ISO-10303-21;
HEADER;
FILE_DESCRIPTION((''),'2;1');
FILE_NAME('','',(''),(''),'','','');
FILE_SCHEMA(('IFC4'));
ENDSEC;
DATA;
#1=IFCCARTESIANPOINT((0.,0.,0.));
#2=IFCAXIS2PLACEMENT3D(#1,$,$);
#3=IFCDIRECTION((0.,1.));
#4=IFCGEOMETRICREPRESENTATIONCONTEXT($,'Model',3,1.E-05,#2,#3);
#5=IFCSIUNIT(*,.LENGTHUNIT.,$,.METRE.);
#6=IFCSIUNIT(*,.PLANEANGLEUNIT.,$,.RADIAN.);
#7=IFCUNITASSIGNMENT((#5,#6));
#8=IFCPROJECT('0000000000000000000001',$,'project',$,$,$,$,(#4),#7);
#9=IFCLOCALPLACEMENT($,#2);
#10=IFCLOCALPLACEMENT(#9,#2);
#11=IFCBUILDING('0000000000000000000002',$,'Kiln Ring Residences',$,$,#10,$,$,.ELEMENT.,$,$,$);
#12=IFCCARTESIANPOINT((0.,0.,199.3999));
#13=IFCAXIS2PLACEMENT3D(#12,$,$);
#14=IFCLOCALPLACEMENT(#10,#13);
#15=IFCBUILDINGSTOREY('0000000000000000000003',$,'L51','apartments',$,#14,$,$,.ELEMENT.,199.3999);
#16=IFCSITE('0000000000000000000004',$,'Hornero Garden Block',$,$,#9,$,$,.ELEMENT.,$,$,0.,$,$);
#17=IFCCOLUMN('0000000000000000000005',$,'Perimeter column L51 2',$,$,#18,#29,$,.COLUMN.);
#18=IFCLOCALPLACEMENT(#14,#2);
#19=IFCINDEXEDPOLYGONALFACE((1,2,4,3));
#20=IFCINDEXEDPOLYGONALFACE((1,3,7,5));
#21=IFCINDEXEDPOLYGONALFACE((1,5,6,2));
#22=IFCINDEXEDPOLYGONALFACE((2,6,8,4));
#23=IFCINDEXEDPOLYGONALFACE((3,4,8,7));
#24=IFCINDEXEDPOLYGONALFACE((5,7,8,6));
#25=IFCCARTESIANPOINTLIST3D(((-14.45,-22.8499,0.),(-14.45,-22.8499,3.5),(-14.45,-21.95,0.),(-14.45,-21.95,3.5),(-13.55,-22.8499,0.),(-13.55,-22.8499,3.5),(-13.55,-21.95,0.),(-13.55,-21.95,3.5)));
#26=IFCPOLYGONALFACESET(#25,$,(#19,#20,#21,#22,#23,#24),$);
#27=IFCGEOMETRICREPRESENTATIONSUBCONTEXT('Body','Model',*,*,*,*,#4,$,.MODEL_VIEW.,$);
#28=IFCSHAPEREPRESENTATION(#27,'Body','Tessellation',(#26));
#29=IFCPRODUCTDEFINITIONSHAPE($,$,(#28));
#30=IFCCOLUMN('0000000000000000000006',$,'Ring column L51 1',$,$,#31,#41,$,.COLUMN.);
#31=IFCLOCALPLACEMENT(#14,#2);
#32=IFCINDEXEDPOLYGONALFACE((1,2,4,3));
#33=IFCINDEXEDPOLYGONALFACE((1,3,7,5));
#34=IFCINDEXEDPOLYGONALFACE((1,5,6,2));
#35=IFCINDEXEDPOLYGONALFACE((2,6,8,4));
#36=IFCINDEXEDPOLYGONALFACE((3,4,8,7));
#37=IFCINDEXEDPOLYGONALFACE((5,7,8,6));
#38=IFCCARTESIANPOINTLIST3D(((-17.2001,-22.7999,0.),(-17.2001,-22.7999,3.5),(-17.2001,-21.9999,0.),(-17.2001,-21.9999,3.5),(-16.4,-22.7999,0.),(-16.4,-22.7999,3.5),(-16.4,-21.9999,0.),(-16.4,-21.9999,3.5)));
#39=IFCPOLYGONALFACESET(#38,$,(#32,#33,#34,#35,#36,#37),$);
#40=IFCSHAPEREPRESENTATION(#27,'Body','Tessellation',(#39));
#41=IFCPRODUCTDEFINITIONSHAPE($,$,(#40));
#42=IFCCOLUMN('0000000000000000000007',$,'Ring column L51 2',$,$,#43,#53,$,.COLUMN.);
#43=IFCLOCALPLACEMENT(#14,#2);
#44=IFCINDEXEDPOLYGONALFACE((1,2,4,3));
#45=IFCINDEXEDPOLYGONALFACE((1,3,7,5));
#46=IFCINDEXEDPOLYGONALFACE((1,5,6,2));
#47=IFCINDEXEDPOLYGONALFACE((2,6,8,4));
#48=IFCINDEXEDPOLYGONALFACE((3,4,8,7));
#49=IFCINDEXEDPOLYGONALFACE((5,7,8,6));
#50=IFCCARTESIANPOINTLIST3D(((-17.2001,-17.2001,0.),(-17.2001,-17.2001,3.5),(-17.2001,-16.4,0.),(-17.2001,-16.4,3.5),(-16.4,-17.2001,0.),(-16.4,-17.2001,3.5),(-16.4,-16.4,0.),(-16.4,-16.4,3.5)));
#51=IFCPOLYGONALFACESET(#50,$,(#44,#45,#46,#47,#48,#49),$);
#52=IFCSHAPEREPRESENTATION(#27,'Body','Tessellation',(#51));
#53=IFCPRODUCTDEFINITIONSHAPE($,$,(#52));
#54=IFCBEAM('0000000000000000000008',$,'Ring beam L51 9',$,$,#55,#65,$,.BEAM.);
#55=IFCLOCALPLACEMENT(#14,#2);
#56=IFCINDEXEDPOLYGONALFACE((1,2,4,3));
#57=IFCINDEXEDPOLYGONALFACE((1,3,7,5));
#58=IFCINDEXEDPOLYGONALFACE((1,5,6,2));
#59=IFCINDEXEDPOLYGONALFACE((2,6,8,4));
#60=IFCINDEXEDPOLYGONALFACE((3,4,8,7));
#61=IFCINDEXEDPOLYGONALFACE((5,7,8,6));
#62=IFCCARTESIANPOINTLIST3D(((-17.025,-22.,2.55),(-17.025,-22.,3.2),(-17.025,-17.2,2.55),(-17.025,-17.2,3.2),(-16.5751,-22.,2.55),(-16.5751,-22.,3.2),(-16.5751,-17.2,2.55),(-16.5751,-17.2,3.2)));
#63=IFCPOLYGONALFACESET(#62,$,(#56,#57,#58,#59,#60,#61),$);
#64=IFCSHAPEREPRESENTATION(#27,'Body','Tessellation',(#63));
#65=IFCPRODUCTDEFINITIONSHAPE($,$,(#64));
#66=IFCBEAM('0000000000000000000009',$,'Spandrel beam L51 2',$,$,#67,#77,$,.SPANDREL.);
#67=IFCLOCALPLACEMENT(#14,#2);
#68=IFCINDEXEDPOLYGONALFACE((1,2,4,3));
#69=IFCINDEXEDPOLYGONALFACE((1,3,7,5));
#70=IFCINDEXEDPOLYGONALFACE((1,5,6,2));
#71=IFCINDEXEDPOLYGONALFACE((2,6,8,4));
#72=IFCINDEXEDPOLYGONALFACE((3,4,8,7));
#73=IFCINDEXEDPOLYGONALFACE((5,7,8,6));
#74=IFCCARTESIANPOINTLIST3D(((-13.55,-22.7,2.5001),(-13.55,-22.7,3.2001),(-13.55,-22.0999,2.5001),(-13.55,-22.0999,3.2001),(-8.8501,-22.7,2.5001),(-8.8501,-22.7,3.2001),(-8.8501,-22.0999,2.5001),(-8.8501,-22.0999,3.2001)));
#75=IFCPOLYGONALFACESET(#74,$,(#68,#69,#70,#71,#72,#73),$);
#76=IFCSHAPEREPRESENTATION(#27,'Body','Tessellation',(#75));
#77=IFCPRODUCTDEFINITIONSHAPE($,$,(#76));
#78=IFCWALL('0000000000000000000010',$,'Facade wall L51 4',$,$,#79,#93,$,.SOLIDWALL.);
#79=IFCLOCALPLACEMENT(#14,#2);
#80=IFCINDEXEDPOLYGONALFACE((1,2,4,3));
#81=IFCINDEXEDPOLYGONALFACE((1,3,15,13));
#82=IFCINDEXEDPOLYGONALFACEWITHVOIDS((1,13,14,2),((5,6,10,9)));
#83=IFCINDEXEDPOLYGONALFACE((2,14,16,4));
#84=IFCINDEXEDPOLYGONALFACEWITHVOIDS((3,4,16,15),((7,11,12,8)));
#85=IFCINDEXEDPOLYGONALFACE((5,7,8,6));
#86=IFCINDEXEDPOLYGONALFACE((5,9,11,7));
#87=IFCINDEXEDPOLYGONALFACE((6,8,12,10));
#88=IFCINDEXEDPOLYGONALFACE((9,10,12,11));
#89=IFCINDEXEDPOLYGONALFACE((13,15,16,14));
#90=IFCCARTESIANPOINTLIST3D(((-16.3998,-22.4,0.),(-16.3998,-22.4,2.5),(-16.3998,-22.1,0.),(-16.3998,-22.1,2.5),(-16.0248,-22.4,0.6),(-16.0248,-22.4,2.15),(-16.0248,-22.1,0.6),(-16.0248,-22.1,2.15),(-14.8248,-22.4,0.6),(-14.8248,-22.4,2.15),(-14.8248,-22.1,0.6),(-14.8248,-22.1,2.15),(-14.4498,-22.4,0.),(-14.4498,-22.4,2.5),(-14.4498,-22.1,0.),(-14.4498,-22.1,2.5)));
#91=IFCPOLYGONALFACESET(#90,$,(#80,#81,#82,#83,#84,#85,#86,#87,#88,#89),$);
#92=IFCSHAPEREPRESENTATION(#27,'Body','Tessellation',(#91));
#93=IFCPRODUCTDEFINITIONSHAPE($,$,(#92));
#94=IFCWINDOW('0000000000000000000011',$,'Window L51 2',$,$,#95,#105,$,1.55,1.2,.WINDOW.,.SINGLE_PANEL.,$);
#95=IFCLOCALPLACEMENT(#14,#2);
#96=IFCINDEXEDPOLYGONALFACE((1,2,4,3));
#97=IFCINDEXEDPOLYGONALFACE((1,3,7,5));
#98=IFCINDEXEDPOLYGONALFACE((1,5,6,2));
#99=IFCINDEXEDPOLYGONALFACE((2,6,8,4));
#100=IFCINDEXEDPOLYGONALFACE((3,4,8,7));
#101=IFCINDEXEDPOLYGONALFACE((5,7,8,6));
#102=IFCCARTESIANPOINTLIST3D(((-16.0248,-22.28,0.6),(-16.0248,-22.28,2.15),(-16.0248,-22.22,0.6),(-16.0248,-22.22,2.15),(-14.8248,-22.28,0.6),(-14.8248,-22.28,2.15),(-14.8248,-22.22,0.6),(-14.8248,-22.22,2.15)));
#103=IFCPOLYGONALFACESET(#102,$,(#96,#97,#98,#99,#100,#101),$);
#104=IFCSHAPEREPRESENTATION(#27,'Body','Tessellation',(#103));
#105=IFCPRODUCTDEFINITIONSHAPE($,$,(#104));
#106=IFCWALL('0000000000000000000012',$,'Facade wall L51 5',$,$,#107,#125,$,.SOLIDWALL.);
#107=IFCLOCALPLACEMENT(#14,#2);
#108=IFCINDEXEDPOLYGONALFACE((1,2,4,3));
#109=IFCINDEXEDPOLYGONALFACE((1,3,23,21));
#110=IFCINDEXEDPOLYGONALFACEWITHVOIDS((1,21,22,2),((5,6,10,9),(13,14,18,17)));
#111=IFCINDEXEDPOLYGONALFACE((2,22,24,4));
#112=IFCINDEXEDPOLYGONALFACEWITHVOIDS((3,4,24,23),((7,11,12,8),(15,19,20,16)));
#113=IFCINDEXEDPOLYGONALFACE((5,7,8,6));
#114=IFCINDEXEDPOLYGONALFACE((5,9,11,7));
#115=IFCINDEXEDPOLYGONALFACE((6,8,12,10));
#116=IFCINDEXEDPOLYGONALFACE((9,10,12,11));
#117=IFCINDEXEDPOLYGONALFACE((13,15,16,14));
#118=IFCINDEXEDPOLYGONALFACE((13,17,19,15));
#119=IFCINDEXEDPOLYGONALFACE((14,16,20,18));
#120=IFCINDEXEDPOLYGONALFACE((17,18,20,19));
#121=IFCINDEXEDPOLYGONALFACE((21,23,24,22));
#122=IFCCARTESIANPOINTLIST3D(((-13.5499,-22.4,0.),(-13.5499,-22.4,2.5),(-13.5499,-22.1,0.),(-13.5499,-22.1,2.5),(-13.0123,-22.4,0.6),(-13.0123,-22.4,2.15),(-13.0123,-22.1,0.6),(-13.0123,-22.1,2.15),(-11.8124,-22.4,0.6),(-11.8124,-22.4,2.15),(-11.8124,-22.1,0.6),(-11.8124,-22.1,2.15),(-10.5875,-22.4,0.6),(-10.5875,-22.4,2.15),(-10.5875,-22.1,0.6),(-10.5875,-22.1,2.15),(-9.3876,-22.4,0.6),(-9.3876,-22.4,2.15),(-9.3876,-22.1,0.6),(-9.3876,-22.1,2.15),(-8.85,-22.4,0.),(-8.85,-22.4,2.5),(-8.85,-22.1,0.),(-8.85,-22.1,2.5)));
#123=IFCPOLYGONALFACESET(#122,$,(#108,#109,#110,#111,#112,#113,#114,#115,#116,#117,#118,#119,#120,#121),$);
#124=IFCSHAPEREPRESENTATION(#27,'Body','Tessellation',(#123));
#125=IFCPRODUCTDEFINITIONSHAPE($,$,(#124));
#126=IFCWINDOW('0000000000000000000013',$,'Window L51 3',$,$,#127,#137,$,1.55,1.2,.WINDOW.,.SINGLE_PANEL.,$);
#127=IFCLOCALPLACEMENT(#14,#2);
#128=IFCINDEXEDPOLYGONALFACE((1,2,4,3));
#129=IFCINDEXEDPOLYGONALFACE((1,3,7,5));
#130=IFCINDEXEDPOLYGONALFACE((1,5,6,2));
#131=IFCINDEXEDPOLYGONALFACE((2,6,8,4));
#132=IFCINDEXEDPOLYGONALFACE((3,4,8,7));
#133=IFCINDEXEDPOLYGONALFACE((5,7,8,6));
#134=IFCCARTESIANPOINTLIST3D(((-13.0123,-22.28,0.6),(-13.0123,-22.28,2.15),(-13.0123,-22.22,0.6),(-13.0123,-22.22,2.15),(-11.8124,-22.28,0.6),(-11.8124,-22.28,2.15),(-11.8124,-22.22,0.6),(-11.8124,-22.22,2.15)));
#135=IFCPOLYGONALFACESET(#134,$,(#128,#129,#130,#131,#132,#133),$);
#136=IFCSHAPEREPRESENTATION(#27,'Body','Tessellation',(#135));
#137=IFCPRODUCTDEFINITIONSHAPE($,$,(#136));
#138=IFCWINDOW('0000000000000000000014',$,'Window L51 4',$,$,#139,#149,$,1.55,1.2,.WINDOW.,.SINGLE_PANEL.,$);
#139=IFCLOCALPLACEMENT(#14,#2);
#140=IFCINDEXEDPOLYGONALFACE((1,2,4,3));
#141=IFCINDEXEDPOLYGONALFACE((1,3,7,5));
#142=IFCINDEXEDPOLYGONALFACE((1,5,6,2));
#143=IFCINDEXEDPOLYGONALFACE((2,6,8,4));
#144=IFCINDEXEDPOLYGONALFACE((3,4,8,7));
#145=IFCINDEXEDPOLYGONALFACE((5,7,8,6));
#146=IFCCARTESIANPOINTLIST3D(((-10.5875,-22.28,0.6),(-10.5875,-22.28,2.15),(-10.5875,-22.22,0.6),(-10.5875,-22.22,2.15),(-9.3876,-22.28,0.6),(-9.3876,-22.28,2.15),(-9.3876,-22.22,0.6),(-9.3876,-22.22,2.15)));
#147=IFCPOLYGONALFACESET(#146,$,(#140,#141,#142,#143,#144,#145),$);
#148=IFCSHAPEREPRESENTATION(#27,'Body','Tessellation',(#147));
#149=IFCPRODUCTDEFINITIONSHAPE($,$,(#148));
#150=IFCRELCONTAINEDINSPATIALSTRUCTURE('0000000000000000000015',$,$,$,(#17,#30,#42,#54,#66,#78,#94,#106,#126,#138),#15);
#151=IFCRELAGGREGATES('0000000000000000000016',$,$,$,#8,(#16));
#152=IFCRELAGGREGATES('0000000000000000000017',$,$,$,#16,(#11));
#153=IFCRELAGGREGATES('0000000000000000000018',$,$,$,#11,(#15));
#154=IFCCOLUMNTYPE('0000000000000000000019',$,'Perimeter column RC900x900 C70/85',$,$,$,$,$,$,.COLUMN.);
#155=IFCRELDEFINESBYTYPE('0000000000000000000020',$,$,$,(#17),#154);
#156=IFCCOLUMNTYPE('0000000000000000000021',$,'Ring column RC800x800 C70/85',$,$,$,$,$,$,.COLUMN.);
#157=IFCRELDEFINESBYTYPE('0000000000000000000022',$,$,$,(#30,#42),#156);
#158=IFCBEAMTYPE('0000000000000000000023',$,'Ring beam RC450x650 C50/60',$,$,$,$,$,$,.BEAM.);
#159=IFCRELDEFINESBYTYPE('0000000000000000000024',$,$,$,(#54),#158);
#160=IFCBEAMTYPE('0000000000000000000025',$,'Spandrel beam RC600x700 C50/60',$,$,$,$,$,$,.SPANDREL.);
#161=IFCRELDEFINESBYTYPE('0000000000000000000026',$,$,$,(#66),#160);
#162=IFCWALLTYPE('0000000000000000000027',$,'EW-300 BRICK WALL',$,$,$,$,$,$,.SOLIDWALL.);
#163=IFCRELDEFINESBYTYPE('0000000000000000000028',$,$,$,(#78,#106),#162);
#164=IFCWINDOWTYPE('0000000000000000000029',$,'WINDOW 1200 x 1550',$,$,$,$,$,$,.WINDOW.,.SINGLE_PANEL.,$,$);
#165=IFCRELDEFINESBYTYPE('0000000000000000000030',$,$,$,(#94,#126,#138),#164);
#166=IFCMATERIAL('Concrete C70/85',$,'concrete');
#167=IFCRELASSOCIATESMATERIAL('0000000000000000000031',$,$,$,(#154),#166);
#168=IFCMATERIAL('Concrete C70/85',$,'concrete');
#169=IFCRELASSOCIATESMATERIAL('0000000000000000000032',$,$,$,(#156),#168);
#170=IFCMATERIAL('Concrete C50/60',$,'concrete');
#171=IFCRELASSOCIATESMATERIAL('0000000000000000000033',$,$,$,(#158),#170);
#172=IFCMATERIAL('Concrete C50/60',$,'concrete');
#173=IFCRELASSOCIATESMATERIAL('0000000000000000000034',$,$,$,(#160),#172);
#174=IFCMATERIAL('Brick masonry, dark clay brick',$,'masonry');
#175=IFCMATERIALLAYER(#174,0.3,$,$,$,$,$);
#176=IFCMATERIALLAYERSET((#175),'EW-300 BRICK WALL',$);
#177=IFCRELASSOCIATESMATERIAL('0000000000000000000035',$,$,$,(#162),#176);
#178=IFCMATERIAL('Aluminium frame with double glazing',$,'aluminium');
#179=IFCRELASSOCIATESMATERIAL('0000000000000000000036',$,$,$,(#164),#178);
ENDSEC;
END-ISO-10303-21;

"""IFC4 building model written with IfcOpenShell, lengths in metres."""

from ifc_helpers import new_model, si_unit, direction, frame, frame_2d, origin, origin_2d, place, context, subcontext, project, spatial, rectangle, extrude, material, layer, layer_set, material_profile, profile_set, type_object, element, fill, save


model = new_model("IFC4")

# Units and contexts
model_context = context("Model", 3, precision=1e-05, world=origin(), true_north=direction((0.0, 1.0)))
body_context = subcontext(model_context, "Body", "Model", "MODEL_VIEW")
ifc_project = project(units=[si_unit("LENGTHUNIT", "METRE"), si_unit("PLANEANGLEUNIT", "RADIAN")], contexts=[model_context])

# Site, building, storey
site_placement = place(None, origin())
site = spatial("IfcSite", under=ifc_project, at=site_placement, Name="Hornero Garden Block", CompositionType="ELEMENT", RefElevation=0.0)
building_placement = place(site_placement, origin())
building = spatial("IfcBuilding", under=site, at=building_placement, Name="Kiln Ring Residences", CompositionType="ELEMENT")
storey_placement = place(building_placement, frame((0.0, 0.0, 199.3999)))
storey = spatial("IfcBuildingStorey", under=building, at=storey_placement, Name="L51", Description="apartments", CompositionType="ELEMENT", Elevation=199.3999)

# Columns
ifc_material_1 = material(Name="Concrete C70/85", Category="concrete")
ifc_material_profile_1 = material_profile(ifc_material_1, rectangle(XDim=0.8999, YDim=0.8999, at=origin_2d()), Name="RC900x900")
ifc_profile_set_1 = profile_set([ifc_material_profile_1], Name="Concrete C70/85")
column_type_1 = type_object("IfcColumnType", Name="Perimeter column RC900x900 C70/85", PredefinedType="COLUMN", material=ifc_profile_set_1)
column_placement = place(storey_placement, frame((-14.0, -22.3999, 0.0), z_axis=(0.0, 0.0, 1.0), x_axis=(1.0, 0.0, 0.0)))
element("IfcColumn", 1, at=column_placement, inside=storey, type_object=column_type_1, Name="Perimeter column L51 2", PredefinedType="COLUMN", context=body_context, shape_type="SweptSolid", body=[
    extrude(rectangle(XDim=0.8999, YDim=0.8999, at=origin_2d()), origin(), (0.0, 0.0, 1.0), 3.5),
])
ifc_material_2 = material(Name="Concrete C70/85", Category="concrete")
ifc_material_profile_2 = material_profile(ifc_material_2, rectangle(XDim=0.8, YDim=0.8, at=origin_2d()), Name="RC800x800")
ifc_profile_set_2 = profile_set([ifc_material_profile_2], Name="Concrete C70/85")
column_type_2 = type_object("IfcColumnType", Name="Ring column RC800x800 C70/85", PredefinedType="COLUMN", material=ifc_profile_set_2)
for number, where, z_axis, x_axis, name in (
    (2, (-16.8, -22.3999, 0.0), (0.0, 0.0, 1.0), (1.0, 0.0, 0.0), "Ring column L51 1"),
    (3, (-16.8, -16.8, 0.0), (0.0, 0.0, 1.0), (1.0, 0.0, 0.0), "Ring column L51 2"),
):
    element("IfcColumn", number, at=place(storey_placement, frame(where, z_axis=z_axis, x_axis=x_axis)), inside=storey, type_object=column_type_2, Name=name, PredefinedType="COLUMN", context=body_context, shape_type="SweptSolid", body=[
        extrude(rectangle(XDim=0.8, YDim=0.8, at=origin_2d()), origin(), (0.0, 0.0, 1.0), 3.5),
    ])

# Beams
ifc_material_3 = material(Name="Concrete C50/60", Category="concrete")
ifc_material_profile_3 = material_profile(ifc_material_3, rectangle(XDim=0.45, YDim=0.6499, at=origin_2d()), Name="RC450x650")
ifc_profile_set_3 = profile_set([ifc_material_profile_3], Name="Concrete C50/60")
beam_type_1 = type_object("IfcBeamType", Name="Ring beam RC450x650 C50/60", PredefinedType="BEAM", material=ifc_profile_set_3)
beam_1_placement = place(storey_placement, frame((-16.8, -17.2, 2.875), z_axis=(0.0, -1.0, 0.0), x_axis=(1.0, 0.0, 0.0)))
element("IfcBeam", 4, at=beam_1_placement, inside=storey, type_object=beam_type_1, Name="Ring beam L51 9", PredefinedType="BEAM", context=body_context, shape_type="SweptSolid", body=[
    extrude(rectangle(XDim=0.45, YDim=0.6499, at=origin_2d()), origin(), (0.0, 0.0, 1.0), 4.8),
])
ifc_material_4 = material(Name="Concrete C50/60", Category="concrete")
ifc_material_profile_4 = material_profile(ifc_material_4, rectangle(XDim=0.6001, YDim=0.7, at=origin_2d()), Name="RC600x700")
ifc_profile_set_4 = profile_set([ifc_material_profile_4], Name="Concrete C50/60")
beam_type_2 = type_object("IfcBeamType", Name="Spandrel beam RC600x700 C50/60", PredefinedType="SPANDREL", material=ifc_profile_set_4)
beam_2_placement = place(storey_placement, frame((-13.55, -22.3999, 2.8501), z_axis=(1.0, 0.0, 0.0), x_axis=(0.0, 1.0, 0.0)))
element("IfcBeam", 5, at=beam_2_placement, inside=storey, type_object=beam_type_2, Name="Spandrel beam L51 2", PredefinedType="SPANDREL", context=body_context, shape_type="SweptSolid", body=[
    extrude(rectangle(XDim=0.6001, YDim=0.7, at=origin_2d()), origin(), (0.0, 0.0, 1.0), 4.7),
])

# Wall, opening, window
ifc_material_5 = material(Name="Brick masonry, dark clay brick", Category="masonry")
ifc_layer_1 = layer(ifc_material_5, 0.3)
ifc_layer_set_1 = layer_set([ifc_layer_1], Name="EW-300 BRICK WALL")
wall_type_1 = type_object("IfcWallType", Name="EW-300 BRICK WALL", PredefinedType="SOLIDWALL", material=ifc_layer_set_1)
wall_1_placement = place(storey_placement, frame((-16.3999, -22.25, 0.0), z_axis=(0.0, 0.0, 1.0), x_axis=(1.0, 0.0, 0.0)))
wall_1 = element("IfcWall", 6, at=wall_1_placement, inside=storey, type_object=wall_type_1, Name="Facade wall L51 4", PredefinedType="SOLIDWALL", context=body_context, shape_type="SweptSolid", body=[
    extrude(rectangle(XDim=1.95, YDim=0.3, at=frame_2d((0.9751, 0.0))), origin(), (0.0, 0.0, 1.0), 2.5),
])
opening_1_placement = place(wall_1_placement, frame((0.375, 0.0, 0.6001)))
opening_1 = element("IfcOpeningElement", 7, at=opening_1_placement, cuts=wall_1, PredefinedType="OPENING", context=body_context, shape_type="SweptSolid", body=[
    extrude(rectangle(XDim=1.2, YDim=1.55, at=frame_2d((0.6001, 0.7749))), frame((0.0, 0.1599, 0.0), z_axis=(0.0, -1.0, 0.0), x_axis=(1.0, 0.0, 0.0)), (0.0, 0.0, 1.0), 0.3201),
])
ifc_material_6 = material(Name="Aluminium frame with double glazing", Category="aluminium")
window_type = type_object("IfcWindowType", Name="WINDOW 1200 x 1550", PartitioningType="SINGLE_PANEL", PredefinedType="WINDOW", material=ifc_material_6)
window_1_placement = place(opening_1_placement, origin())
window_1 = element("IfcWindow", 8, at=window_1_placement, inside=storey, type_object=window_type, Name="Window L51 2", OverallHeight=1.55, OverallWidth=1.2, PartitioningType="SINGLE_PANEL", PredefinedType="WINDOW", context=body_context, shape_type="SweptSolid", body=[
    extrude(rectangle(XDim=1.2, YDim=1.55, at=frame_2d((0.6001, 0.7749))), frame((0.0, 0.03, 0.0), z_axis=(0.0, -1.0, 0.0), x_axis=(1.0, 0.0, 0.0)), (0.0, 0.0, 1.0), 0.0601),
])
fill(opening_1, window_1)

# Wall, openings, windows
wall_2_placement = place(storey_placement, frame((-13.55, -22.25, 0.0), z_axis=(0.0, 0.0, 1.0), x_axis=(1.0, 0.0, 0.0)))
wall_2 = element("IfcWall", 9, at=wall_2_placement, inside=storey, type_object=wall_type_1, Name="Facade wall L51 5", PredefinedType="SOLIDWALL", context=body_context, shape_type="SweptSolid", body=[
    extrude(rectangle(XDim=4.7, YDim=0.3, at=frame_2d((2.3501, 0.0))), origin(), (0.0, 0.0, 1.0), 2.5),
])
opening_2_placement = place(wall_2_placement, frame((0.5376, 0.0, 0.6001)))
opening_2 = element("IfcOpeningElement", 10, at=opening_2_placement, cuts=wall_2, PredefinedType="OPENING", context=body_context, shape_type="SweptSolid", body=[
    extrude(rectangle(XDim=1.2, YDim=1.55, at=frame_2d((0.6001, 0.7749))), frame((0.0, 0.1599, 0.0), z_axis=(0.0, -1.0, 0.0), x_axis=(1.0, 0.0, 0.0)), (0.0, 0.0, 1.0), 0.3201),
])
opening_3_placement = place(wall_2_placement, frame((2.9624, 0.0, 0.6001)))
opening_3 = element("IfcOpeningElement", 11, at=opening_3_placement, cuts=wall_2, PredefinedType="OPENING", context=body_context, shape_type="SweptSolid", body=[
    extrude(rectangle(XDim=1.2, YDim=1.55, at=frame_2d((0.6001, 0.7749))), frame((0.0, 0.1599, 0.0), z_axis=(0.0, -1.0, 0.0), x_axis=(1.0, 0.0, 0.0)), (0.0, 0.0, 1.0), 0.3201),
])
window_2_placement = place(opening_2_placement, origin())
window_2 = element("IfcWindow", 12, at=window_2_placement, inside=storey, type_object=window_type, Name="Window L51 3", OverallHeight=1.55, OverallWidth=1.2, PartitioningType="SINGLE_PANEL", PredefinedType="WINDOW", context=body_context, shape_type="SweptSolid", body=[
    extrude(rectangle(XDim=1.2, YDim=1.55, at=frame_2d((0.6001, 0.7749))), frame((0.0, 0.03, 0.0), z_axis=(0.0, -1.0, 0.0), x_axis=(1.0, 0.0, 0.0)), (0.0, 0.0, 1.0), 0.0601),
])
fill(opening_2, window_2)
window_3_placement = place(opening_3_placement, origin())
window_3 = element("IfcWindow", 13, at=window_3_placement, inside=storey, type_object=window_type, Name="Window L51 4", OverallHeight=1.55, OverallWidth=1.2, PartitioningType="SINGLE_PANEL", PredefinedType="WINDOW", context=body_context, shape_type="SweptSolid", body=[
    extrude(rectangle(XDim=1.2, YDim=1.55, at=frame_2d((0.6001, 0.7749))), frame((0.0, 0.03, 0.0), z_axis=(0.0, -1.0, 0.0), x_axis=(1.0, 0.0, 0.0)), (0.0, 0.0, 1.0), 0.0601),
])
fill(opening_3, window_3)

save(model, "model.ifc")
